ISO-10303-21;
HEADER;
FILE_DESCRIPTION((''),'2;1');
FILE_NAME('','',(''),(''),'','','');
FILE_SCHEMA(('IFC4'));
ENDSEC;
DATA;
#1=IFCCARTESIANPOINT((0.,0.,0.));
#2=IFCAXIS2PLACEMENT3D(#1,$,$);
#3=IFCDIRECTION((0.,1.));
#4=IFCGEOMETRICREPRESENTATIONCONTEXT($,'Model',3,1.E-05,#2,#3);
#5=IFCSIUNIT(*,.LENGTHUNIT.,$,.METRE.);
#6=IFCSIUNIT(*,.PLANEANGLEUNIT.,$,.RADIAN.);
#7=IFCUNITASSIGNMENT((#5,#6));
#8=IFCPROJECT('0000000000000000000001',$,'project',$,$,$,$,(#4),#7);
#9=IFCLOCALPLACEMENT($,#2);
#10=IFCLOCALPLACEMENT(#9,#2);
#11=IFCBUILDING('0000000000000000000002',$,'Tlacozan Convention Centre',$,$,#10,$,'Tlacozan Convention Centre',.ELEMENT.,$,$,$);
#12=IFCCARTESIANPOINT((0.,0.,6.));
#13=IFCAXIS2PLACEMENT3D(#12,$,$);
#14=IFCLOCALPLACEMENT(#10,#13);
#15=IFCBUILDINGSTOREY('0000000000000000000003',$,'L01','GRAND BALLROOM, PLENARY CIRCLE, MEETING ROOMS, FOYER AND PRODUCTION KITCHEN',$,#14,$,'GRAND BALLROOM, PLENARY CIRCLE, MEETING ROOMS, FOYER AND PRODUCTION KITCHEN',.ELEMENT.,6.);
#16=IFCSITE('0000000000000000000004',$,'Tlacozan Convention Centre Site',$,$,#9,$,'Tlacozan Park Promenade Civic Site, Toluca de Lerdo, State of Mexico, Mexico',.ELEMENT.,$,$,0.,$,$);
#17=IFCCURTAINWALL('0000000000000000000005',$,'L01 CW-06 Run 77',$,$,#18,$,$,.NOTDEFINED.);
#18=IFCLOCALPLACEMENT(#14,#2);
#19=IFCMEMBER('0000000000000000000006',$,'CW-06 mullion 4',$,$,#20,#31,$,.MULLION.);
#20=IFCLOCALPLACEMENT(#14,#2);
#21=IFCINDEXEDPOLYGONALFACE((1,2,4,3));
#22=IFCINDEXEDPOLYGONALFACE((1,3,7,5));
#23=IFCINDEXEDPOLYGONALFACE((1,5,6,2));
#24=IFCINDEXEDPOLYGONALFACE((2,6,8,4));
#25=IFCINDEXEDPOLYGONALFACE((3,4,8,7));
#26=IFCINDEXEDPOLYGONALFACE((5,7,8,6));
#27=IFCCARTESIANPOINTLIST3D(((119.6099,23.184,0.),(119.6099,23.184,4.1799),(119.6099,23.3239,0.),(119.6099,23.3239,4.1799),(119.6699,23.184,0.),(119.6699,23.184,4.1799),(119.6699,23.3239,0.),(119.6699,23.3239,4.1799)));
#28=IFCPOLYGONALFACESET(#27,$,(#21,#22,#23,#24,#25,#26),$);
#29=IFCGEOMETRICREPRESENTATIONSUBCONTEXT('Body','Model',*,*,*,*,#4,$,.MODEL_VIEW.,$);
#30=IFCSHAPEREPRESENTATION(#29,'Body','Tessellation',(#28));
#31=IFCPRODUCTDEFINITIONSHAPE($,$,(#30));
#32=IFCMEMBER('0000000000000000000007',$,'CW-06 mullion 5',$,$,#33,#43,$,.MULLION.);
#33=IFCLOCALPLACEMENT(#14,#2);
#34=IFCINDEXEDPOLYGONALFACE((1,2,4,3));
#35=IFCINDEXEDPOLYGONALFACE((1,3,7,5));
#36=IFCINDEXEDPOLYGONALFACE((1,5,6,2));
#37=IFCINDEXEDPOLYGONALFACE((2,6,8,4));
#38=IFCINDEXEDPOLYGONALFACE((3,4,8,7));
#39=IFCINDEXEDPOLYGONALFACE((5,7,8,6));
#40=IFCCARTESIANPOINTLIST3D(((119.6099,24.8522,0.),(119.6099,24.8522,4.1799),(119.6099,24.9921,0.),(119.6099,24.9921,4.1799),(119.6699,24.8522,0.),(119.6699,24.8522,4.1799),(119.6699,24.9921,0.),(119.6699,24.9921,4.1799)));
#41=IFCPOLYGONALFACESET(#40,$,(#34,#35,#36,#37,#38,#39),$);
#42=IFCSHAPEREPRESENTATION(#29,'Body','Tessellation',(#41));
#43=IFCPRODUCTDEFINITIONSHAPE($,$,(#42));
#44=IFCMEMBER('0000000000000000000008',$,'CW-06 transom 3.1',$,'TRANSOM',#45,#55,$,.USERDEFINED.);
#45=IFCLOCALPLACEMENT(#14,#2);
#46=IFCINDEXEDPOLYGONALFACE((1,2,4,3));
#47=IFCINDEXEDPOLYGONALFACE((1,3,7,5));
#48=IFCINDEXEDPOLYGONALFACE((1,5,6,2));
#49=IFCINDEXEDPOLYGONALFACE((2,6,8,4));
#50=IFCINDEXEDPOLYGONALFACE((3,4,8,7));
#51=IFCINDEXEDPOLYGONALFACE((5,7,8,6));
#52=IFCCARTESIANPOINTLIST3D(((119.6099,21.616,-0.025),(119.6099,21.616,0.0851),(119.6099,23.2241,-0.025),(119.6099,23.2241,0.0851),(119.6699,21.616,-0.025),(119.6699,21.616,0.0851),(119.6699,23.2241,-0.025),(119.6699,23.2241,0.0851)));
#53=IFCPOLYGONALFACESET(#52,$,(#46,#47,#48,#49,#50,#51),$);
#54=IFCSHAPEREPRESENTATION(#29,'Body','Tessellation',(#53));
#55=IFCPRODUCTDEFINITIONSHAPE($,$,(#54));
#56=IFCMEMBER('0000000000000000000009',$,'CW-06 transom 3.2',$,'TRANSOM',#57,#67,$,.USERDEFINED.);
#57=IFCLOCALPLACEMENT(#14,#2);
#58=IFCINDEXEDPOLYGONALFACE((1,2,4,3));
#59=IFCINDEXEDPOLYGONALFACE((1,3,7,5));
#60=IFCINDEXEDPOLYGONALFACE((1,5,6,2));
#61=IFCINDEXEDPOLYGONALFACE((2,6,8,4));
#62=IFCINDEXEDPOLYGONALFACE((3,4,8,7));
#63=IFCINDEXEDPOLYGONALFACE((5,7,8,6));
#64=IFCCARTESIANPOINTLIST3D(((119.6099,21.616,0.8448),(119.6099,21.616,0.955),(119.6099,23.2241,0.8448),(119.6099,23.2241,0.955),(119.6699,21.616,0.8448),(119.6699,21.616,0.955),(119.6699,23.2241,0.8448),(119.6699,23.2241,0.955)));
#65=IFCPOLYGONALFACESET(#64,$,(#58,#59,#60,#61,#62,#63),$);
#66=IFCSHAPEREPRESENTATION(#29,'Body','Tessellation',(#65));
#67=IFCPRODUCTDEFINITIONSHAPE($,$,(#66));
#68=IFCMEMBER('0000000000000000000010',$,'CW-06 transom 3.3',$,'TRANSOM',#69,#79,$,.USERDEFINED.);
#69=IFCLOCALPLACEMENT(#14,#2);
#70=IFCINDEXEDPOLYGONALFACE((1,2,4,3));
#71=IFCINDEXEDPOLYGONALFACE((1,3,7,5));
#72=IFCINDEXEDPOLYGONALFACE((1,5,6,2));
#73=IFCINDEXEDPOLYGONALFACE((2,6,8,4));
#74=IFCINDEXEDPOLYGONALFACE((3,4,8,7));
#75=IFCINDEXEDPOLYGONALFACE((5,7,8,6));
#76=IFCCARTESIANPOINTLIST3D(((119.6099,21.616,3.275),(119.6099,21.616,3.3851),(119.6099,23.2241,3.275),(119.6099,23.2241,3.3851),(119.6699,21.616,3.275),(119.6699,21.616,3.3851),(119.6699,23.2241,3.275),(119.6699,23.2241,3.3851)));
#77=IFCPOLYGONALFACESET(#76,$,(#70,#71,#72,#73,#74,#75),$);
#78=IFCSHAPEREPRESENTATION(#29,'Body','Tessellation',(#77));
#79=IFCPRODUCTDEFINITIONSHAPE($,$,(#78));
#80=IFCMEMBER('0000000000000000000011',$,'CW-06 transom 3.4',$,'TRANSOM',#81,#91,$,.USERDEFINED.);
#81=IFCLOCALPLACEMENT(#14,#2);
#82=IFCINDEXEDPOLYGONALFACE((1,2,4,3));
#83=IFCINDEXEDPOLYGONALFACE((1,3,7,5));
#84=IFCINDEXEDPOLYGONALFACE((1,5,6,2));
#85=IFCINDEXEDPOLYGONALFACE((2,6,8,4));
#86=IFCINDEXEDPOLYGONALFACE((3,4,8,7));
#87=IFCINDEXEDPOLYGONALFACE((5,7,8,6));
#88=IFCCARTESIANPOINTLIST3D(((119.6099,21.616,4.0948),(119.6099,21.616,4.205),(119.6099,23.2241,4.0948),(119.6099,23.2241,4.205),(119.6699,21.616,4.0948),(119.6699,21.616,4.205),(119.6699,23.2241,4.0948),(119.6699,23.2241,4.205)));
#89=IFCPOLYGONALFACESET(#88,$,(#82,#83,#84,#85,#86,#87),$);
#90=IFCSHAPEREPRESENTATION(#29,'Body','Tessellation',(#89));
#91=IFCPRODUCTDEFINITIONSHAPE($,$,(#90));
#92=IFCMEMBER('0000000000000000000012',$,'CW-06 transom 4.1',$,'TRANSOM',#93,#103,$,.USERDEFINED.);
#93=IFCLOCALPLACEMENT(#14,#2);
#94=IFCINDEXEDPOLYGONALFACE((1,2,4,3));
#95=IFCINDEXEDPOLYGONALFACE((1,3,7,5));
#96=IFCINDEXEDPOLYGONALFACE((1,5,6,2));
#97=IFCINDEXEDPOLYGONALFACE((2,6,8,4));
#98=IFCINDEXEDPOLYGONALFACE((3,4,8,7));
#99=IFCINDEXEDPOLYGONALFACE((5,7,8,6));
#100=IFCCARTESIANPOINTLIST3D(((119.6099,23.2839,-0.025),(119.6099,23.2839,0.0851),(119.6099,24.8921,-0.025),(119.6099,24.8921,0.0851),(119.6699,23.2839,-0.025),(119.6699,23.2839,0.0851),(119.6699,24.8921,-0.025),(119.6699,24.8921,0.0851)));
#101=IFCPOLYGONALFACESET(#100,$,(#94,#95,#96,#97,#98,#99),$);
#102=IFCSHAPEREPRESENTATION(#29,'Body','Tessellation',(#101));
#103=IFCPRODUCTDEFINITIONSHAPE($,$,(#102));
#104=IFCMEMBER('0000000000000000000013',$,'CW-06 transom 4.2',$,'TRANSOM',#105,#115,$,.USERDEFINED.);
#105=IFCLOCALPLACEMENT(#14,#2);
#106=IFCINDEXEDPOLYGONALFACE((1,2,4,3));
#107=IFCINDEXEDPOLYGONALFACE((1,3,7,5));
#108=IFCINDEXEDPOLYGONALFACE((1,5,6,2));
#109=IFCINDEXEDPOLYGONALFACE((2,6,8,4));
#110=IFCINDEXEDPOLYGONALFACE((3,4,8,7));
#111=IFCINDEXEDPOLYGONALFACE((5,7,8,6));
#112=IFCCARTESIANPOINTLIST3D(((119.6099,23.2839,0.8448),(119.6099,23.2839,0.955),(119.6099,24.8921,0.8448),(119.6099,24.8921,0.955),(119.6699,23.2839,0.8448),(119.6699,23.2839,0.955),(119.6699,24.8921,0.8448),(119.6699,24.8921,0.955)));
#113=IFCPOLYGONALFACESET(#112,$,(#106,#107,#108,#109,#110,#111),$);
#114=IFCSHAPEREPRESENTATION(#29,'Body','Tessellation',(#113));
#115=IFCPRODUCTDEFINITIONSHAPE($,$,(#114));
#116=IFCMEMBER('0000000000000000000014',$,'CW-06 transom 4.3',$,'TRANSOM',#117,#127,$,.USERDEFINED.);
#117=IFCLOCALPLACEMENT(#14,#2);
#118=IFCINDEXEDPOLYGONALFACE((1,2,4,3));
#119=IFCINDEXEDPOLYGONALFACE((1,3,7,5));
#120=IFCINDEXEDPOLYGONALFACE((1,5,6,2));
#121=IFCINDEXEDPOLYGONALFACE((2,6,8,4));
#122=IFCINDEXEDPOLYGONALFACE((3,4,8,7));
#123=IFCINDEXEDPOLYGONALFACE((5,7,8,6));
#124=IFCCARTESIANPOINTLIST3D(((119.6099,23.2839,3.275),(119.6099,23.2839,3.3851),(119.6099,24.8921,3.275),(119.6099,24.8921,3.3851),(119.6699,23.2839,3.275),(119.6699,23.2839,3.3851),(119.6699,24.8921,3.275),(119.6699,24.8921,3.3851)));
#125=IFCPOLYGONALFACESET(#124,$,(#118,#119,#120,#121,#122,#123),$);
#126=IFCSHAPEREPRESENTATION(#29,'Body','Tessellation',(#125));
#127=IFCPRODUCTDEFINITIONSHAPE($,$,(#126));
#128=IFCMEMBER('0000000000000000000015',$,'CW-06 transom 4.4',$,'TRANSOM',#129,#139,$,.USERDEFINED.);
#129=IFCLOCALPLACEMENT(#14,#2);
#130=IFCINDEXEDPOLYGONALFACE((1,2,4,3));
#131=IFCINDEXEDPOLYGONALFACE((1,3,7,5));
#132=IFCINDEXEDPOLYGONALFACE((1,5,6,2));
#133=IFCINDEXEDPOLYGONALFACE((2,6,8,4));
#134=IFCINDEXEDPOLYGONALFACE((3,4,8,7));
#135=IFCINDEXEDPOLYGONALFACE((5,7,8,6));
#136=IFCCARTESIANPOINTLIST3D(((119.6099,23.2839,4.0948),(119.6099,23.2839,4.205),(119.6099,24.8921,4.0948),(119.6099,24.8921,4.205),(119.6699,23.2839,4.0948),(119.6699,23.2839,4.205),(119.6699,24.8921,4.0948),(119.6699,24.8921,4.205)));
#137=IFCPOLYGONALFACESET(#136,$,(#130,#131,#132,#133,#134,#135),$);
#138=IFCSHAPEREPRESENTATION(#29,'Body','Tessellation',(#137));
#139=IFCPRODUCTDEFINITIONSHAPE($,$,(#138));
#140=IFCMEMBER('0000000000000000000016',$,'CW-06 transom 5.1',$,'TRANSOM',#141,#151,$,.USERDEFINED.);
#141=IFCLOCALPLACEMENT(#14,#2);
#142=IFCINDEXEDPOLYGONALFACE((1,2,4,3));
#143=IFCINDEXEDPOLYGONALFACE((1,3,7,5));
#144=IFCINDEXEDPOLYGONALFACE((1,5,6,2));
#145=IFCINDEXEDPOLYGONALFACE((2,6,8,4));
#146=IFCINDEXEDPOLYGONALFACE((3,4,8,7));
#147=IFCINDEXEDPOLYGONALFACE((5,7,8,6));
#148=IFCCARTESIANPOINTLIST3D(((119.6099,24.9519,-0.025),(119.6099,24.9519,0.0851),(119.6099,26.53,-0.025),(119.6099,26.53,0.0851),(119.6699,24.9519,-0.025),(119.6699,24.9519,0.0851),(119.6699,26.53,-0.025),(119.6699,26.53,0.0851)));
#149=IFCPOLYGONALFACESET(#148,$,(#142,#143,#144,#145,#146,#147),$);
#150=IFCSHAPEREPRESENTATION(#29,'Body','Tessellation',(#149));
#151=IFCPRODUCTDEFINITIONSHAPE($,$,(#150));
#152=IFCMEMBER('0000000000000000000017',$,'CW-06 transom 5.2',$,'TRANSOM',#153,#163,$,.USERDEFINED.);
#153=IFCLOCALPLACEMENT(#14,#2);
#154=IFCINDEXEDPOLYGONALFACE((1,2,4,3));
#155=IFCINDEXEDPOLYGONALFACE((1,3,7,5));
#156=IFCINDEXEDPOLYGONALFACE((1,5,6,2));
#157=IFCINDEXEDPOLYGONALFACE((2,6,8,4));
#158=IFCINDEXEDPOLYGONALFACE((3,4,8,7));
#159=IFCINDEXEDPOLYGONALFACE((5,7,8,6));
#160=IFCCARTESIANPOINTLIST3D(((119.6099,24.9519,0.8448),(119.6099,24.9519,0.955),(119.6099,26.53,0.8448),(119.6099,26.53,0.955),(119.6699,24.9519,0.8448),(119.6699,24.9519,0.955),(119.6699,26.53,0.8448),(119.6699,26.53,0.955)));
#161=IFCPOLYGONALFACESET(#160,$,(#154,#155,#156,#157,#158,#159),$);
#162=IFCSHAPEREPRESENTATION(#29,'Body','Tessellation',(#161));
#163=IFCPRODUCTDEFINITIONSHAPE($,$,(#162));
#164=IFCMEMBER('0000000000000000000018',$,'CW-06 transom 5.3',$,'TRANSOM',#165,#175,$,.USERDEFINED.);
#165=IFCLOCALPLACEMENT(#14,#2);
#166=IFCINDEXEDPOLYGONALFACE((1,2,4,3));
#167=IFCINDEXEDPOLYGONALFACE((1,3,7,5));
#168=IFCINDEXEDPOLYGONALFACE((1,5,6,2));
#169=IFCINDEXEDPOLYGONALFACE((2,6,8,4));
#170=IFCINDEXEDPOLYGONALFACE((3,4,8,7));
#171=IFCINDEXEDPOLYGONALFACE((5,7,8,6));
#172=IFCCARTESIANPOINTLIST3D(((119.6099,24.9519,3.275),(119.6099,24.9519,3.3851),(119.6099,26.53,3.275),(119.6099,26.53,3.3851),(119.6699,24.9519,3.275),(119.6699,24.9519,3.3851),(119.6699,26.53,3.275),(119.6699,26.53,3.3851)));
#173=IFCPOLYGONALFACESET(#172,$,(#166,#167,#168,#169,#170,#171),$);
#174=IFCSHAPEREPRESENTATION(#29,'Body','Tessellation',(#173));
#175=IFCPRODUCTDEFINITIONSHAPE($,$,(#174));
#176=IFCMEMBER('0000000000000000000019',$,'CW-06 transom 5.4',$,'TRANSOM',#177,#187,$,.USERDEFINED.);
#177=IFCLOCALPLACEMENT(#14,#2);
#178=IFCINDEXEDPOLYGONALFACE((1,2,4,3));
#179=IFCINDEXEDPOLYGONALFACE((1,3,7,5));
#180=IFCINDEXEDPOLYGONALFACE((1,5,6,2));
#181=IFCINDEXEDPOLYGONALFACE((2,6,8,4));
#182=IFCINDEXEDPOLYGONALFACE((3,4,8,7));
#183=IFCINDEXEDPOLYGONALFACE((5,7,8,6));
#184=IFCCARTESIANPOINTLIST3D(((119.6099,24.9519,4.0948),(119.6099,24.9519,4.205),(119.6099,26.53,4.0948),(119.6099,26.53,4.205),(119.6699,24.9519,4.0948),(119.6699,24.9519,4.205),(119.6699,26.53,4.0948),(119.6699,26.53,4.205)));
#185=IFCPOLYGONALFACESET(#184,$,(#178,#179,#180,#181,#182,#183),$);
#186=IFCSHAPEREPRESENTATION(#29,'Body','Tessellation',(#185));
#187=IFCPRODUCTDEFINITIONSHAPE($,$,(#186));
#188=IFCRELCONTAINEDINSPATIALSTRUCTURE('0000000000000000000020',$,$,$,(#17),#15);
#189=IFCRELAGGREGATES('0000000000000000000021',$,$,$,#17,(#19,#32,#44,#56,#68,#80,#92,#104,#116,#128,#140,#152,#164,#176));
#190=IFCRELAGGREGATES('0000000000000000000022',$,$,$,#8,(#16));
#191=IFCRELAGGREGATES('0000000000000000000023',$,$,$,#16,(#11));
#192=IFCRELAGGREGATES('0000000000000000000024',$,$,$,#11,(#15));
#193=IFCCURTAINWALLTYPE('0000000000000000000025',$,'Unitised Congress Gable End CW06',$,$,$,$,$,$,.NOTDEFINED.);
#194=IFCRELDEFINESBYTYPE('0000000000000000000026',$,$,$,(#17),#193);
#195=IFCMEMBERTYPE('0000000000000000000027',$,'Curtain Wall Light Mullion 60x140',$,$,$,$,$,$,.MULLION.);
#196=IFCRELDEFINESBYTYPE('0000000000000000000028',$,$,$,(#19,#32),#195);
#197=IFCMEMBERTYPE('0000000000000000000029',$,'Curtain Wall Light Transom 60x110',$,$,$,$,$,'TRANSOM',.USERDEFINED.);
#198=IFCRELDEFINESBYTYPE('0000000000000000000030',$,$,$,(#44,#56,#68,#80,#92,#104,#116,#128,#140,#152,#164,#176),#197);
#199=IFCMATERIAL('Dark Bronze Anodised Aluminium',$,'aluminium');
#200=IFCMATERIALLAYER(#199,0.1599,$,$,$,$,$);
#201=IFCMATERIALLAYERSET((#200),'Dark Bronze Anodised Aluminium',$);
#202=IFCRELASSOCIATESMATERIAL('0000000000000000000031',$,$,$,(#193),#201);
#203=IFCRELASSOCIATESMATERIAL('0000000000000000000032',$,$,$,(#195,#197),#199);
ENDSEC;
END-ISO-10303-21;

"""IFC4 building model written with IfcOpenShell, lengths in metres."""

from ifc_helpers import new_model, si_unit, direction, frame, origin, origin_2d, place, context, subcontext, project, spatial, rectangle, extrude, material, layer, layer_set, material_profile, profile_set, type_object, element, aggregate, save


model = new_model("IFC4")

# Units and contexts
model_context = context("Model", 3, precision=1e-05, world=origin(), true_north=direction((0.0, 1.0)))
body_context = subcontext(model_context, "Body", "Model", "MODEL_VIEW")
ifc_project = project(units=[si_unit("LENGTHUNIT", "METRE"), si_unit("PLANEANGLEUNIT", "RADIAN")], contexts=[model_context])

# Site, building, storey
site_placement = place(None, origin())
site = spatial("IfcSite", under=ifc_project, at=site_placement, Name="Tlacozan Convention Centre Site", LongName="Tlacozan Park Promenade Civic Site, Toluca de Lerdo, State of Mexico, Mexico", CompositionType="ELEMENT", RefElevation=0.0)
building_placement = place(site_placement, origin())
building = spatial("IfcBuilding", under=site, at=building_placement, Name="Tlacozan Convention Centre", LongName="Tlacozan Convention Centre", CompositionType="ELEMENT")
storey_placement = place(building_placement, frame((0.0, 0.0, 6.0)))
storey = spatial("IfcBuildingStorey", under=building, at=storey_placement, Name="L01", Description="GRAND BALLROOM, PLENARY CIRCLE, MEETING ROOMS, FOYER AND PRODUCTION KITCHEN", LongName="GRAND BALLROOM, PLENARY CIRCLE, MEETING ROOMS, FOYER AND PRODUCTION KITCHEN", CompositionType="ELEMENT", Elevation=6.0)

# Curtain wall, members
ifc_material_1 = material(Name="Dark Bronze Anodised Aluminium", Category="aluminium")
ifc_layer_1 = layer(ifc_material_1, 0.1599)
ifc_layer_set_1 = layer_set([ifc_layer_1], Name="Dark Bronze Anodised Aluminium")
curtain_wall_type = type_object("IfcCurtainWallType", Name="Unitised Congress Gable End CW06", PredefinedType="NOTDEFINED", material=ifc_layer_set_1)
curtain_wall_placement = place(storey_placement, origin())
curtain_wall = element("IfcCurtainWall", 1, at=curtain_wall_placement, inside=storey, type_object=curtain_wall_type, Name="L01 CW-06 Run 77", PredefinedType="NOTDEFINED")
ifc_material_profile_1 = material_profile(ifc_material_1, rectangle(XDim=0.0601, YDim=0.1399, at=origin_2d()), Name="ALU 60x140")
ifc_profile_set_1 = profile_set([ifc_material_profile_1], Name="Dark Bronze Anodised Aluminium")
member_type_1 = type_object("IfcMemberType", Name="Curtain Wall Light Mullion 60x140", PredefinedType="MULLION", material=ifc_profile_set_1)
member_1_placement = place(storey_placement, frame((119.6399, 23.2539, 0.0), z_axis=(0.0, 0.0, 1.0), x_axis=(-1.0, 0.0, 0.0)))
member_1 = element("IfcMember", 2, at=member_1_placement, type_object=member_type_1, Name="CW-06 mullion 4", PredefinedType="MULLION", context=body_context, shape_type="SweptSolid", body=[
    extrude(rectangle(XDim=0.0601, YDim=0.1399, at=origin_2d()), origin(), (0.0, 0.0, 1.0), 4.1799),
])
member_2_placement = place(storey_placement, frame((119.6399, 24.9221, 0.0), z_axis=(0.0, 0.0, 1.0), x_axis=(-1.0, 0.0, 0.0)))
member_2 = element("IfcMember", 3, at=member_2_placement, type_object=member_type_1, Name="CW-06 mullion 5", PredefinedType="MULLION", context=body_context, shape_type="SweptSolid", body=[
    extrude(rectangle(XDim=0.0601, YDim=0.1399, at=origin_2d()), origin(), (0.0, 0.0, 1.0), 4.1799),
])
ifc_material_profile_2 = material_profile(ifc_material_1, rectangle(XDim=0.0601, YDim=0.1101, at=origin_2d()), Name="ALU 60x110")
ifc_profile_set_2 = profile_set([ifc_material_profile_2], Name="Dark Bronze Anodised Aluminium")
member_type_2 = type_object("IfcMemberType", Name="Curtain Wall Light Transom 60x110", ElementType="TRANSOM", PredefinedType="USERDEFINED", material=ifc_profile_set_2)
member_3_placement = place(storey_placement, frame((119.6399, 21.616, 0.03), z_axis=(0.0, 1.0, 0.0), x_axis=(-1.0, 0.0, 0.0)))
member_3 = element("IfcMember", 4, at=member_3_placement, type_object=member_type_2, Name="CW-06 transom 3.1", ObjectType="TRANSOM", PredefinedType="USERDEFINED", context=body_context, shape_type="SweptSolid", body=[
    extrude(rectangle(XDim=0.0601, YDim=0.1101, at=origin_2d()), origin(), (0.0, 0.0, 1.0), 1.6082),
])
member_4_placement = place(storey_placement, frame((119.6399, 21.616, 0.8999), z_axis=(0.0, 1.0, 0.0), x_axis=(-1.0, 0.0, 0.0)))
member_4 = element("IfcMember", 5, at=member_4_placement, type_object=member_type_2, Name="CW-06 transom 3.2", ObjectType="TRANSOM", PredefinedType="USERDEFINED", context=body_context, shape_type="SweptSolid", body=[
    extrude(rectangle(XDim=0.0601, YDim=0.1101, at=origin_2d()), origin(), (0.0, 0.0, 1.0), 1.6082),
])
member_5_placement = place(storey_placement, frame((119.6399, 21.616, 3.3301), z_axis=(0.0, 1.0, 0.0), x_axis=(-1.0, 0.0, 0.0)))
member_5 = element("IfcMember", 6, at=member_5_placement, type_object=member_type_2, Name="CW-06 transom 3.3", ObjectType="TRANSOM", PredefinedType="USERDEFINED", context=body_context, shape_type="SweptSolid", body=[
    extrude(rectangle(XDim=0.0601, YDim=0.1101, at=origin_2d()), origin(), (0.0, 0.0, 1.0), 1.6082),
])
member_6_placement = place(storey_placement, frame((119.6399, 21.616, 4.1499), z_axis=(0.0, 1.0, 0.0), x_axis=(-1.0, 0.0, 0.0)))
member_6 = element("IfcMember", 7, at=member_6_placement, type_object=member_type_2, Name="CW-06 transom 3.4", ObjectType="TRANSOM", PredefinedType="USERDEFINED", context=body_context, shape_type="SweptSolid", body=[
    extrude(rectangle(XDim=0.0601, YDim=0.1101, at=origin_2d()), origin(), (0.0, 0.0, 1.0), 1.6082),
])
member_7_placement = place(storey_placement, frame((119.6399, 23.2839, 0.03), z_axis=(0.0, 1.0, 0.0), x_axis=(-1.0, 0.0, 0.0)))
member_7 = element("IfcMember", 8, at=member_7_placement, type_object=member_type_2, Name="CW-06 transom 4.1", ObjectType="TRANSOM", PredefinedType="USERDEFINED", context=body_context, shape_type="SweptSolid", body=[
    extrude(rectangle(XDim=0.0601, YDim=0.1101, at=origin_2d()), origin(), (0.0, 0.0, 1.0), 1.6082),
])
member_8_placement = place(storey_placement, frame((119.6399, 23.2839, 0.8999), z_axis=(0.0, 1.0, 0.0), x_axis=(-1.0, 0.0, 0.0)))
member_8 = element("IfcMember", 9, at=member_8_placement, type_object=member_type_2, Name="CW-06 transom 4.2", ObjectType="TRANSOM", PredefinedType="USERDEFINED", context=body_context, shape_type="SweptSolid", body=[
    extrude(rectangle(XDim=0.0601, YDim=0.1101, at=origin_2d()), origin(), (0.0, 0.0, 1.0), 1.6082),
])
member_9_placement = place(storey_placement, frame((119.6399, 23.2839, 3.3301), z_axis=(0.0, 1.0, 0.0), x_axis=(-1.0, 0.0, 0.0)))
member_9 = element("IfcMember", 10, at=member_9_placement, type_object=member_type_2, Name="CW-06 transom 4.3", ObjectType="TRANSOM", PredefinedType="USERDEFINED", context=body_context, shape_type="SweptSolid", body=[
    extrude(rectangle(XDim=0.0601, YDim=0.1101, at=origin_2d()), origin(), (0.0, 0.0, 1.0), 1.6082),
])
member_10_placement = place(storey_placement, frame((119.6399, 23.2839, 4.1499), z_axis=(0.0, 1.0, 0.0), x_axis=(-1.0, 0.0, 0.0)))
member_10 = element("IfcMember", 11, at=member_10_placement, type_object=member_type_2, Name="CW-06 transom 4.4", ObjectType="TRANSOM", PredefinedType="USERDEFINED", context=body_context, shape_type="SweptSolid", body=[
    extrude(rectangle(XDim=0.0601, YDim=0.1101, at=origin_2d()), origin(), (0.0, 0.0, 1.0), 1.6082),
])
member_11_placement = place(storey_placement, frame((119.6399, 24.9519, 0.03), z_axis=(0.0, 1.0, 0.0), x_axis=(-1.0, 0.0, 0.0)))
member_11 = element("IfcMember", 12, at=member_11_placement, type_object=member_type_2, Name="CW-06 transom 5.1", ObjectType="TRANSOM", PredefinedType="USERDEFINED", context=body_context, shape_type="SweptSolid", body=[
    extrude(rectangle(XDim=0.0601, YDim=0.1101, at=origin_2d()), origin(), (0.0, 0.0, 1.0), 1.5781),
])
member_12_placement = place(storey_placement, frame((119.6399, 24.9519, 0.8999), z_axis=(0.0, 1.0, 0.0), x_axis=(-1.0, 0.0, 0.0)))
member_12 = element("IfcMember", 13, at=member_12_placement, type_object=member_type_2, Name="CW-06 transom 5.2", ObjectType="TRANSOM", PredefinedType="USERDEFINED", context=body_context, shape_type="SweptSolid", body=[
    extrude(rectangle(XDim=0.0601, YDim=0.1101, at=origin_2d()), origin(), (0.0, 0.0, 1.0), 1.5781),
])
member_13_placement = place(storey_placement, frame((119.6399, 24.9519, 3.3301), z_axis=(0.0, 1.0, 0.0), x_axis=(-1.0, 0.0, 0.0)))
member_13 = element("IfcMember", 14, at=member_13_placement, type_object=member_type_2, Name="CW-06 transom 5.3", ObjectType="TRANSOM", PredefinedType="USERDEFINED", context=body_context, shape_type="SweptSolid", body=[
    extrude(rectangle(XDim=0.0601, YDim=0.1101, at=origin_2d()), origin(), (0.0, 0.0, 1.0), 1.5781),
])
member_14_placement = place(storey_placement, frame((119.6399, 24.9519, 4.1499), z_axis=(0.0, 1.0, 0.0), x_axis=(-1.0, 0.0, 0.0)))
member_14 = element("IfcMember", 15, at=member_14_placement, type_object=member_type_2, Name="CW-06 transom 5.4", ObjectType="TRANSOM", PredefinedType="USERDEFINED", context=body_context, shape_type="SweptSolid", body=[
    extrude(rectangle(XDim=0.0601, YDim=0.1101, at=origin_2d()), origin(), (0.0, 0.0, 1.0), 1.5781),
])
aggregate(curtain_wall, [member_1, member_2, member_3, member_4, member_5, member_6, member_7, member_8, member_9, member_10, member_11, member_12, member_13, member_14])

save(model, "model.ifc")
